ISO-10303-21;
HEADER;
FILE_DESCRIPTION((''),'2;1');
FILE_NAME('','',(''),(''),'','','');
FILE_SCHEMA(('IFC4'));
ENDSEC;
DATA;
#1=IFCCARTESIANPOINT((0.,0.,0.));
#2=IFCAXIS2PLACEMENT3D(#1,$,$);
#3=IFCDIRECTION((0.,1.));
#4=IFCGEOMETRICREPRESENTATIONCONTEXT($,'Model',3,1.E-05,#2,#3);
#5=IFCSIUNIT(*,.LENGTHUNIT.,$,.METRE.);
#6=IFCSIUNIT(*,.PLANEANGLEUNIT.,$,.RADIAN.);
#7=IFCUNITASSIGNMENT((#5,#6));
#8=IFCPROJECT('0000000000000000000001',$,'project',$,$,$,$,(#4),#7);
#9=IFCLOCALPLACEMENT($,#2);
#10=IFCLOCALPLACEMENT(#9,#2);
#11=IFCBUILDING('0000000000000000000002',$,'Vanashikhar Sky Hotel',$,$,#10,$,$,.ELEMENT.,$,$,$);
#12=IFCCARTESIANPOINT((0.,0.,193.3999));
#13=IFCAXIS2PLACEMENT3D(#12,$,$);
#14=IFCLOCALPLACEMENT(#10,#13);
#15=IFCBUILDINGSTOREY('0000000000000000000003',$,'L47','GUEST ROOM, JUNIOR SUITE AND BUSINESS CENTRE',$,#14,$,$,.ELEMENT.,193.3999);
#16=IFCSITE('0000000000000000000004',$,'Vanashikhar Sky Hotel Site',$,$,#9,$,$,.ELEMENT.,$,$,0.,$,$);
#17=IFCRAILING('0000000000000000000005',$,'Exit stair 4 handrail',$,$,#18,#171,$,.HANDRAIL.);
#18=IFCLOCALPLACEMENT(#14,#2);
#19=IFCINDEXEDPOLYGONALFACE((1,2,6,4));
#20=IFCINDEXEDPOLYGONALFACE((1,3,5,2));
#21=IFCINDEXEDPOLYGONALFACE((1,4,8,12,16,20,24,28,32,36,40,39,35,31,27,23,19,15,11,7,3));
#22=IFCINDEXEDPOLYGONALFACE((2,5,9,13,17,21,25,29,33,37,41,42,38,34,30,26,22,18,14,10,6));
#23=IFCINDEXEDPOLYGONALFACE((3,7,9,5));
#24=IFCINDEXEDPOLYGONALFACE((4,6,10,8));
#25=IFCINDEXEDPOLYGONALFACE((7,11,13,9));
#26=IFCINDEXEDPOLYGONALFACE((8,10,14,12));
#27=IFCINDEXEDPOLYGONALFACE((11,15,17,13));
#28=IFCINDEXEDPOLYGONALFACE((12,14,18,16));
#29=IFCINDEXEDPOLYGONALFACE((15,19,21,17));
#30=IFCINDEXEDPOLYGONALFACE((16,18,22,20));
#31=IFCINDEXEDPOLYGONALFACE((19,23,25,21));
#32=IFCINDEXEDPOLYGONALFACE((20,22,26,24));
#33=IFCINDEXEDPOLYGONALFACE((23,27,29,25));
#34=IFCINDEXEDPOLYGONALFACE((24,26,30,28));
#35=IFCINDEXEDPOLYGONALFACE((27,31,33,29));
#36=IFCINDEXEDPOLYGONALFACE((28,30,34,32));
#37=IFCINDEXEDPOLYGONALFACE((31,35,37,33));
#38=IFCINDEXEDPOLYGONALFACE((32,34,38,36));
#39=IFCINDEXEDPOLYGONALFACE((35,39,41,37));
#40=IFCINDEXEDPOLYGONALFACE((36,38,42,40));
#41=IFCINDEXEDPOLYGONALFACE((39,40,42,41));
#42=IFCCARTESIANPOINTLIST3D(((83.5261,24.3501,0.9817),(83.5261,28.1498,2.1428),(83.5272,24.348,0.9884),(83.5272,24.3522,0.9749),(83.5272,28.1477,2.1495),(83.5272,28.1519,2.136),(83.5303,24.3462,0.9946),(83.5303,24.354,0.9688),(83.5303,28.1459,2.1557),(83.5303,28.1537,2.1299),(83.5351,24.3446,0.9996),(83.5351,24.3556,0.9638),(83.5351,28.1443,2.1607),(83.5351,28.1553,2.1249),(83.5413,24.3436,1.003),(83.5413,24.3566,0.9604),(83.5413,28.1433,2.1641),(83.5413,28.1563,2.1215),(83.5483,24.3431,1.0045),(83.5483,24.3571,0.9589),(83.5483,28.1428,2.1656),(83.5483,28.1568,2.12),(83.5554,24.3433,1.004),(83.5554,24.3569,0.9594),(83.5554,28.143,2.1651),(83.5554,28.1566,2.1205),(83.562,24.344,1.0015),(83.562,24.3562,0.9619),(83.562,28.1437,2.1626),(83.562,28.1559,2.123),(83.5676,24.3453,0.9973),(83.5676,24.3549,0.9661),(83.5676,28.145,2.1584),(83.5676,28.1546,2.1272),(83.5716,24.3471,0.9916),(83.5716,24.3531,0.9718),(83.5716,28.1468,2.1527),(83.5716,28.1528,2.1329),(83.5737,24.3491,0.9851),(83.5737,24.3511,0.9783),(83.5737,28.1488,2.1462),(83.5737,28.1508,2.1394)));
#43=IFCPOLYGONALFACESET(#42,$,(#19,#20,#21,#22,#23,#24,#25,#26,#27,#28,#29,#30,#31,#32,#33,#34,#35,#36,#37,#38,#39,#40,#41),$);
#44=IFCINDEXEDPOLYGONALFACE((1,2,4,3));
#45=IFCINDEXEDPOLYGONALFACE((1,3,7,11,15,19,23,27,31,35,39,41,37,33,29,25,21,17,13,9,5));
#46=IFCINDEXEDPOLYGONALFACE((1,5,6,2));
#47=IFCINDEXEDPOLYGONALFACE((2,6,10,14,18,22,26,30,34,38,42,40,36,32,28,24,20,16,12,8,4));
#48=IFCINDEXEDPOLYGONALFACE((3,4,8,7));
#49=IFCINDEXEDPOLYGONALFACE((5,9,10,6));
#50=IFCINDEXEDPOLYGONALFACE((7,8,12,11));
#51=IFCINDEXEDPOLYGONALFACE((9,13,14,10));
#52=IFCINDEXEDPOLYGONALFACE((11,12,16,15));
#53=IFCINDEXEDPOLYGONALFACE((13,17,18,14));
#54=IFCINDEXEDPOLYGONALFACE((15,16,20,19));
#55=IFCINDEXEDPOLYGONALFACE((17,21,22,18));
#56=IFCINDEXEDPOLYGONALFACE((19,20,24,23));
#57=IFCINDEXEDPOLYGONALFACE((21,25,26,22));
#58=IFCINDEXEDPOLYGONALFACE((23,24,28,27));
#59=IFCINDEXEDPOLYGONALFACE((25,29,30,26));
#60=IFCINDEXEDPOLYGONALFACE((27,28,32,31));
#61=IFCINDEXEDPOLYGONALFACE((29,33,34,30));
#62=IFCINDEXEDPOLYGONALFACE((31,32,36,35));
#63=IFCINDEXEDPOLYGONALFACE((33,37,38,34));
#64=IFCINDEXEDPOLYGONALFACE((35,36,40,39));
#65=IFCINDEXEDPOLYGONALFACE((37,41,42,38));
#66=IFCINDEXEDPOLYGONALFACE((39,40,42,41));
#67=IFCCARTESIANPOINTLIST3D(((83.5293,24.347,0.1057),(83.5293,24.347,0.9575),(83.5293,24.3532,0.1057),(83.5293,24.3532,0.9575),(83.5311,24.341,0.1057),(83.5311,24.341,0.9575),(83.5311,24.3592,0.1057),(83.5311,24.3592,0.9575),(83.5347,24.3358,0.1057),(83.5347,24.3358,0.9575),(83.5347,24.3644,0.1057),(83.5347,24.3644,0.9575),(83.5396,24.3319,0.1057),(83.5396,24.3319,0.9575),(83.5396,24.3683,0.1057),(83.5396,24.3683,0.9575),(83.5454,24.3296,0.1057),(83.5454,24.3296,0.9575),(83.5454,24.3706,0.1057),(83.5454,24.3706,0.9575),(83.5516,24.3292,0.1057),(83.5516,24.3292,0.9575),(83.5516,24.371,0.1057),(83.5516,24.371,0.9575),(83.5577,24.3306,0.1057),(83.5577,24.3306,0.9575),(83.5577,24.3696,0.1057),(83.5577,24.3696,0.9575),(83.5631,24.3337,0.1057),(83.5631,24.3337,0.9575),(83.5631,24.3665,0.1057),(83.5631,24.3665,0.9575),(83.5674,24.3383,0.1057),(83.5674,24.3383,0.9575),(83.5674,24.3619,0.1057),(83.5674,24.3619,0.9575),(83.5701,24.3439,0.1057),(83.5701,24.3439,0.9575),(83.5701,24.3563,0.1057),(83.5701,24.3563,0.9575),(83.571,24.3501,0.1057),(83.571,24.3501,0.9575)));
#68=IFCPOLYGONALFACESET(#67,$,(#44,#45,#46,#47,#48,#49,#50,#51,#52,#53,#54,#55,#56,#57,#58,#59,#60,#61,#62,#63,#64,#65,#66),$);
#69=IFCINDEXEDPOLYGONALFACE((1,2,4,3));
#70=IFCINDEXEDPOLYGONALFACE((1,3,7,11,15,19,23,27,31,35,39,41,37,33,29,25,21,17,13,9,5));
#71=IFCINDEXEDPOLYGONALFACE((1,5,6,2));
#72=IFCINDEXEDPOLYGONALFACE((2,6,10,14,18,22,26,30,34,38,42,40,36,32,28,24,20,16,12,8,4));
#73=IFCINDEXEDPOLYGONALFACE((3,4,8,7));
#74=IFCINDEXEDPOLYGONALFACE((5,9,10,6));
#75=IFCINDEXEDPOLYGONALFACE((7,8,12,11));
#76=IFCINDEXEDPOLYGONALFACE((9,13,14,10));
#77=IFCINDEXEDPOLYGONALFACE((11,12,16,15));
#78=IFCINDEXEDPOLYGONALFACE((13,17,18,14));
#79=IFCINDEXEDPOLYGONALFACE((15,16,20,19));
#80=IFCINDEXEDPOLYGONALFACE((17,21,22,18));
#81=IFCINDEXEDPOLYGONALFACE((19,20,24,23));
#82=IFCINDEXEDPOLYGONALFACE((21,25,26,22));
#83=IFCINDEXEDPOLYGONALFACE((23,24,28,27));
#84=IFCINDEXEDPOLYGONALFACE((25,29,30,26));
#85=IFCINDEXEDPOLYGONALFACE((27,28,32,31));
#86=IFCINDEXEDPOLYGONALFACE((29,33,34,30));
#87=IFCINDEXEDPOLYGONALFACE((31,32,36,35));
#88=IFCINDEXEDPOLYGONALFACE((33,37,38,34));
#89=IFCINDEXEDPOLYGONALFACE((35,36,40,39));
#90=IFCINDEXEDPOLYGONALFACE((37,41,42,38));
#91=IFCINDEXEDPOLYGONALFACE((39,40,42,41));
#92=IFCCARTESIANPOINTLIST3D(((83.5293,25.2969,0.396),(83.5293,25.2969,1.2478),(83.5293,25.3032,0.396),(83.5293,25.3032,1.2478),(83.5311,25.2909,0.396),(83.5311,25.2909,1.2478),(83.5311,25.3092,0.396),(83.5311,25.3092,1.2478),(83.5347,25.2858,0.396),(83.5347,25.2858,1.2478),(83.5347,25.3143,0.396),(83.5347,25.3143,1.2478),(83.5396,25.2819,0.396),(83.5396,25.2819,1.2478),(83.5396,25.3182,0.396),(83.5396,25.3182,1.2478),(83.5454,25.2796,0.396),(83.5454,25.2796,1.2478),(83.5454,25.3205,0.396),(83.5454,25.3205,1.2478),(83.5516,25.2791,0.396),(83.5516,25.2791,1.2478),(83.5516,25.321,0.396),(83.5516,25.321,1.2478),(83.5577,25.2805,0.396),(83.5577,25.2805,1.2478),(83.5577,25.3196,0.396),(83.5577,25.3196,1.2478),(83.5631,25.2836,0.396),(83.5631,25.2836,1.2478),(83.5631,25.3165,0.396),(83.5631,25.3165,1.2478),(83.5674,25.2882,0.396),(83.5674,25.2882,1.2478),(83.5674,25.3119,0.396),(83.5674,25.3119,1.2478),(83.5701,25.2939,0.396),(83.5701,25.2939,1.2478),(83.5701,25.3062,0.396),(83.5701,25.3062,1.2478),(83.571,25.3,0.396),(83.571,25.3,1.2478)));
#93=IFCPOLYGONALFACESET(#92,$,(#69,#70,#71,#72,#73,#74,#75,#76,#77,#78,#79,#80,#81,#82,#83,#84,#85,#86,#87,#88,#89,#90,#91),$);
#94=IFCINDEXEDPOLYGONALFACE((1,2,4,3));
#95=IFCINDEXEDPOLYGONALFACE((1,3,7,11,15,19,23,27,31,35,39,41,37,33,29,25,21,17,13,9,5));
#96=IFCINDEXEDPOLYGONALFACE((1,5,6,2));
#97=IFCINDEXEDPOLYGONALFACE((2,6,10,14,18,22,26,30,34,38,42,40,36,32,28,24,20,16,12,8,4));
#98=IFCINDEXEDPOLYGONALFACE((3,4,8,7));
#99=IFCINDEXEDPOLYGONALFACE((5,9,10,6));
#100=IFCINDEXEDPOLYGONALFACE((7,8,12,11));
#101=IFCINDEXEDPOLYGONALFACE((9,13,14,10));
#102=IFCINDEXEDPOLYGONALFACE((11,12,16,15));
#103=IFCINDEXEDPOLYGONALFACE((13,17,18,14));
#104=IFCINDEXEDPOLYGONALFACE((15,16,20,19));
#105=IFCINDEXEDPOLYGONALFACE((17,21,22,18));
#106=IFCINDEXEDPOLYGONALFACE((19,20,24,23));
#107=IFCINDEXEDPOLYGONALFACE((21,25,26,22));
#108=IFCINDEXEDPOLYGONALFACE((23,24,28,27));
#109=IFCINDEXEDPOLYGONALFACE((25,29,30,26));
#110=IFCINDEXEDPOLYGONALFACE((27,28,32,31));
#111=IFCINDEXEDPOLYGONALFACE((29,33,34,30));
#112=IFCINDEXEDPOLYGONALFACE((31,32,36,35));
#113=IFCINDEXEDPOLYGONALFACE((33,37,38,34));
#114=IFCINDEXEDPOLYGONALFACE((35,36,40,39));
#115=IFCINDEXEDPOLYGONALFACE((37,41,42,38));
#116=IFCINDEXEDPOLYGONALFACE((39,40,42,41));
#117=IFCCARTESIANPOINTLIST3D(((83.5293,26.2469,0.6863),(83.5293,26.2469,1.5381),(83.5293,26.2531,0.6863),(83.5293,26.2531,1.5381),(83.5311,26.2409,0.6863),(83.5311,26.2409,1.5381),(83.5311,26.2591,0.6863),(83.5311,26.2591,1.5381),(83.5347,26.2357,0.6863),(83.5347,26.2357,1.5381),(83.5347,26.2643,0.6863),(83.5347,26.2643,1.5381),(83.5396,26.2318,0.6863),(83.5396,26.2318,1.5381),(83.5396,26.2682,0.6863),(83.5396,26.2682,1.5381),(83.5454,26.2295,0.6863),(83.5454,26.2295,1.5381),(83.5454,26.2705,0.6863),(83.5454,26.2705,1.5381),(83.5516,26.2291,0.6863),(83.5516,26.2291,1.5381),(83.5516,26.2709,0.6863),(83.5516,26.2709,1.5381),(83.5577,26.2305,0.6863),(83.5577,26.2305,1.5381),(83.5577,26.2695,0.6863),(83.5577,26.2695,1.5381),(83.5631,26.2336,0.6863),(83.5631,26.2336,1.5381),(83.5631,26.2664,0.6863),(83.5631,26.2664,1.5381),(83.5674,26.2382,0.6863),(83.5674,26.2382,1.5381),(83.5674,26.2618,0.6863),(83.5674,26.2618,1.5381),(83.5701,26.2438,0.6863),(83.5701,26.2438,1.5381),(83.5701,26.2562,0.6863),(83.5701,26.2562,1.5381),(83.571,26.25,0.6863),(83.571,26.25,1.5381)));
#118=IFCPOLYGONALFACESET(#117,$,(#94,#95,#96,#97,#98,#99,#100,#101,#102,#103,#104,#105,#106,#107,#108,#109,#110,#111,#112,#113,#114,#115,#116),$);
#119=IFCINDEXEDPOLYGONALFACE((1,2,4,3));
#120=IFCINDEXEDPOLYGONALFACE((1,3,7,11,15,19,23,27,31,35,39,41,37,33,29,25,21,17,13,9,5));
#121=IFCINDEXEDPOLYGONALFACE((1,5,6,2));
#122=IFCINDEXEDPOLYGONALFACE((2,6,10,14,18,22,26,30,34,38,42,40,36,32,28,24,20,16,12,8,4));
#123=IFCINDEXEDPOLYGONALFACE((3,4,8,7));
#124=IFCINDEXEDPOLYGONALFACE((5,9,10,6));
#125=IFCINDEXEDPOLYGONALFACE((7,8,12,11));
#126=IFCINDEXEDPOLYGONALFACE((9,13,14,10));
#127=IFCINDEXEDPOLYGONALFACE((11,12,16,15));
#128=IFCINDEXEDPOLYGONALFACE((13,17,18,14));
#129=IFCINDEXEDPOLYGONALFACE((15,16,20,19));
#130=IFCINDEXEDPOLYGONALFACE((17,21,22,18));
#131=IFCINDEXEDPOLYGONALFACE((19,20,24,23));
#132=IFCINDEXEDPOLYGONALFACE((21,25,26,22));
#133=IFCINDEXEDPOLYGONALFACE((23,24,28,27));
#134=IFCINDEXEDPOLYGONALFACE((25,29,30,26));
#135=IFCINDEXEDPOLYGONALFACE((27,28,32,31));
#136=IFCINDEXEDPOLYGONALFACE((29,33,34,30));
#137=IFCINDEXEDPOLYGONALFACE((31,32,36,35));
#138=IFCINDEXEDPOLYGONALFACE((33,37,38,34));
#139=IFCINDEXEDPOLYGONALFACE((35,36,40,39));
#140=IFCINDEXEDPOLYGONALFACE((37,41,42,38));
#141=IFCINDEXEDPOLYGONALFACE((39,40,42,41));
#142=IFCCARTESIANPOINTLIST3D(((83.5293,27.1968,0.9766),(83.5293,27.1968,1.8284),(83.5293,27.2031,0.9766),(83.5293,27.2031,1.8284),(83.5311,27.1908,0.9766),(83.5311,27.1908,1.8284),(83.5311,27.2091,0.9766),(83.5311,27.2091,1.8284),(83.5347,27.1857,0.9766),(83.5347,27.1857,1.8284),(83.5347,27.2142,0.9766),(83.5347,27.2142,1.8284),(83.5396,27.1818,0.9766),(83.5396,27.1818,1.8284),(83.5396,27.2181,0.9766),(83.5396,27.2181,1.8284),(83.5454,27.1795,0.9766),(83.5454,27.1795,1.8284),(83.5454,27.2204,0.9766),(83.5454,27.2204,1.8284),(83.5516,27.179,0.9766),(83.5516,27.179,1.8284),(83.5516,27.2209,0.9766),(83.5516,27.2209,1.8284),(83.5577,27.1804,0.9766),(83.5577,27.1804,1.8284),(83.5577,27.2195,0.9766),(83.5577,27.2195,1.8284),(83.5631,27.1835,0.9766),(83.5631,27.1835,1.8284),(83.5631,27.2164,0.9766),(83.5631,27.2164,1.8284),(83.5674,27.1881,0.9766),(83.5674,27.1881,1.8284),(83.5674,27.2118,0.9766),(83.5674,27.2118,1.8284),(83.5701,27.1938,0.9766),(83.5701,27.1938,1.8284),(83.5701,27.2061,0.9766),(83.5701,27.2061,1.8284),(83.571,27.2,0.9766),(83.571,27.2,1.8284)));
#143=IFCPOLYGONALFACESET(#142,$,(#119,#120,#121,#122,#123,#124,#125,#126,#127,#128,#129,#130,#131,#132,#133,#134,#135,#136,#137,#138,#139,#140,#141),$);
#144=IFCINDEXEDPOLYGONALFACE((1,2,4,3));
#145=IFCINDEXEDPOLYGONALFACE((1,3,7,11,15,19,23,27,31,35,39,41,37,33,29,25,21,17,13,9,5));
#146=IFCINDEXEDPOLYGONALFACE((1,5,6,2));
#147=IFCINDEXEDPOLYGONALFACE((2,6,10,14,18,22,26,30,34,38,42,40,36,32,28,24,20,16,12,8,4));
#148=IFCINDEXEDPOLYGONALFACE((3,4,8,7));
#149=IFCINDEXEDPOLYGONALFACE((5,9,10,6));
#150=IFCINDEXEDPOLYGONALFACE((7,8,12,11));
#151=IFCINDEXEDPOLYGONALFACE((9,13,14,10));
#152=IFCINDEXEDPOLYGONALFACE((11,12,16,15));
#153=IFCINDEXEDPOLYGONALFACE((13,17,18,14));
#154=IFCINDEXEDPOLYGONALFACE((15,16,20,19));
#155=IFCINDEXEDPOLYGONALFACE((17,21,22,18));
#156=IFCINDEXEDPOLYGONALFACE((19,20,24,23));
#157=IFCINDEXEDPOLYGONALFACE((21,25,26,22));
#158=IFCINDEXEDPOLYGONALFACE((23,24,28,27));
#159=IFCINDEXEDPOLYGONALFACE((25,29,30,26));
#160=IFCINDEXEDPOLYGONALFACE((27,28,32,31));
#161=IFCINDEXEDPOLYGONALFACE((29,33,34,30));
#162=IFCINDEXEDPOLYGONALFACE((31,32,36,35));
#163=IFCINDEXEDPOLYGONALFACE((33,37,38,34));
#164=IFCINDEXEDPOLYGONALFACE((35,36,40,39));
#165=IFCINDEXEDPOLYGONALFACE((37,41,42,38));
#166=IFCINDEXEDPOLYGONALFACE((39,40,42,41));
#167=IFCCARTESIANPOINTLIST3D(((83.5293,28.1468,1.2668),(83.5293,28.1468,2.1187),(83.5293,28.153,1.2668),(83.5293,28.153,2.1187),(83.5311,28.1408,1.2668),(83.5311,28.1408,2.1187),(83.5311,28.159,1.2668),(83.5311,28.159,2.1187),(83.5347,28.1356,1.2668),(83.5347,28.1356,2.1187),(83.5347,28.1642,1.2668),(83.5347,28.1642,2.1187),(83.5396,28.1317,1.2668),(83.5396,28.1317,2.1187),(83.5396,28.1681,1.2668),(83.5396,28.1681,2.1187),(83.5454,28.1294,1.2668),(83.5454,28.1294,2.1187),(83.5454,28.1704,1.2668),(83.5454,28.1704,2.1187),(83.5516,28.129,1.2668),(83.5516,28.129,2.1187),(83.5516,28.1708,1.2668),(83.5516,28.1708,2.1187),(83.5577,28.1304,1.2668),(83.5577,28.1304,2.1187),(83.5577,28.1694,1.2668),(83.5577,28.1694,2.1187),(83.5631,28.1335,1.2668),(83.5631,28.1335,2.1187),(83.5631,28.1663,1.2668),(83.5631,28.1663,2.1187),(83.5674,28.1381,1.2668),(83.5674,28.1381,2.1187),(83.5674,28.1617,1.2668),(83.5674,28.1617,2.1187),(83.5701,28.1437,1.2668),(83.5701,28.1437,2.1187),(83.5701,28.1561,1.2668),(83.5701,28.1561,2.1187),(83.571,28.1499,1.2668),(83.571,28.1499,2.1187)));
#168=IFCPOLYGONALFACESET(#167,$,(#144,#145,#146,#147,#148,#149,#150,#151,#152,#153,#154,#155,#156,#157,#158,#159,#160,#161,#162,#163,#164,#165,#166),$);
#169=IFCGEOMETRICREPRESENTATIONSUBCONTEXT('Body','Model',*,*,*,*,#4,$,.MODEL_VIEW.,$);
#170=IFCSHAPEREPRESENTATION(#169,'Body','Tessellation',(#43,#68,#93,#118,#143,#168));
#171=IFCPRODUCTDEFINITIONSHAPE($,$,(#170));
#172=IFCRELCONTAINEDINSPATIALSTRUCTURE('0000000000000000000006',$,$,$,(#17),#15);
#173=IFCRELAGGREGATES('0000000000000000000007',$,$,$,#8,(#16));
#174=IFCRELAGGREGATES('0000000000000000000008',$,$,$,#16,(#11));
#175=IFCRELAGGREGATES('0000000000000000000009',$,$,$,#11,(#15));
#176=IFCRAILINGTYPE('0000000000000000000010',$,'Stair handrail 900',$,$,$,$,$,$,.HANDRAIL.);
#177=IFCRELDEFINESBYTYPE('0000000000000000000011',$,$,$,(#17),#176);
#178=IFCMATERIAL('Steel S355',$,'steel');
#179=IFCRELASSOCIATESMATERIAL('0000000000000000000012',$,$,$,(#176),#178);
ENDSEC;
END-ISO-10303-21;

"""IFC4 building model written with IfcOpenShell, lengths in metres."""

from ifc_helpers import new_model, si_unit, direction, frame, origin, origin_2d, place, context, subcontext, project, spatial, circle, extrude, source, transform, mapped, material, type_object, element, save


model = new_model("IFC4")

# Units and contexts
model_context = context("Model", 3, precision=1e-05, world=origin(), true_north=direction((0.0, 1.0)))
body_context = subcontext(model_context, "Body", "Model", "MODEL_VIEW")
ifc_project = project(units=[si_unit("LENGTHUNIT", "METRE"), si_unit("PLANEANGLEUNIT", "RADIAN")], contexts=[model_context])

# Site, building, storey
site_placement = place(None, origin())
site = spatial("IfcSite", under=ifc_project, at=site_placement, Name="Vanashikhar Sky Hotel Site", CompositionType="ELEMENT", RefElevation=0.0)
building_placement = place(site_placement, origin())
building = spatial("IfcBuilding", under=site, at=building_placement, Name="Vanashikhar Sky Hotel", CompositionType="ELEMENT")
storey_placement = place(building_placement, frame((0.0, 0.0, 193.3999)))
storey = spatial("IfcBuildingStorey", under=building, at=storey_placement, Name="L47", Description="GUEST ROOM, JUNIOR SUITE AND BUSINESS CENTRE", CompositionType="ELEMENT", Elevation=193.3999)

# Railing
ifc_material_1 = material(Name="Steel S355", Category="steel")
railing_type_1 = type_object("IfcRailingType", Name="Stair handrail 900", PredefinedType="HANDRAIL", material=ifc_material_1)
shared_shape_1 = source(origin(), body_context, "Body", "SweptSolid", [
    extrude(circle(Radius=0.0239, at=origin_2d()), frame((0.0, 0.0, 0.876), z_axis=(0.0, 0.956346, 0.292237), x_axis=(-1.0, 0.0, 0.0)), (0.0, 0.0, 1.0), 3.9731),
    extrude(circle(Radius=0.021, at=origin_2d()), origin(), (0.0, 0.0, 1.0), 0.8518),
    extrude(circle(Radius=0.021, at=origin_2d()), frame((0.0, 0.95, 0.2903)), (0.0, 0.0, 1.0), 0.8518),
    extrude(circle(Radius=0.021, at=origin_2d()), frame((0.0, 1.8999, 0.5806)), (0.0, 0.0, 1.0), 0.8518),
    extrude(circle(Radius=0.021, at=origin_2d()), frame((0.0, 2.8499, 0.8708)), (0.0, 0.0, 1.0), 0.8518),
    extrude(circle(Radius=0.021, at=origin_2d()), frame((0.0, 3.7998, 1.1611)), (0.0, 0.0, 1.0), 0.8518),
])
for number, where, name in (
    (1, (83.55, 24.3501, 0.1057), "Exit stair 4 handrail"),
):
    element("IfcRailing", number, at=place(storey_placement, frame(where)), inside=storey, type_object=railing_type_1, Name=name, PredefinedType="HANDRAIL", context=body_context, shape_type="MappedRepresentation", body=[
        mapped(shared_shape_1, transform((0.0, 0.0, 0.0), scale=1.0)),
    ])

save(model, "model.ifc")
